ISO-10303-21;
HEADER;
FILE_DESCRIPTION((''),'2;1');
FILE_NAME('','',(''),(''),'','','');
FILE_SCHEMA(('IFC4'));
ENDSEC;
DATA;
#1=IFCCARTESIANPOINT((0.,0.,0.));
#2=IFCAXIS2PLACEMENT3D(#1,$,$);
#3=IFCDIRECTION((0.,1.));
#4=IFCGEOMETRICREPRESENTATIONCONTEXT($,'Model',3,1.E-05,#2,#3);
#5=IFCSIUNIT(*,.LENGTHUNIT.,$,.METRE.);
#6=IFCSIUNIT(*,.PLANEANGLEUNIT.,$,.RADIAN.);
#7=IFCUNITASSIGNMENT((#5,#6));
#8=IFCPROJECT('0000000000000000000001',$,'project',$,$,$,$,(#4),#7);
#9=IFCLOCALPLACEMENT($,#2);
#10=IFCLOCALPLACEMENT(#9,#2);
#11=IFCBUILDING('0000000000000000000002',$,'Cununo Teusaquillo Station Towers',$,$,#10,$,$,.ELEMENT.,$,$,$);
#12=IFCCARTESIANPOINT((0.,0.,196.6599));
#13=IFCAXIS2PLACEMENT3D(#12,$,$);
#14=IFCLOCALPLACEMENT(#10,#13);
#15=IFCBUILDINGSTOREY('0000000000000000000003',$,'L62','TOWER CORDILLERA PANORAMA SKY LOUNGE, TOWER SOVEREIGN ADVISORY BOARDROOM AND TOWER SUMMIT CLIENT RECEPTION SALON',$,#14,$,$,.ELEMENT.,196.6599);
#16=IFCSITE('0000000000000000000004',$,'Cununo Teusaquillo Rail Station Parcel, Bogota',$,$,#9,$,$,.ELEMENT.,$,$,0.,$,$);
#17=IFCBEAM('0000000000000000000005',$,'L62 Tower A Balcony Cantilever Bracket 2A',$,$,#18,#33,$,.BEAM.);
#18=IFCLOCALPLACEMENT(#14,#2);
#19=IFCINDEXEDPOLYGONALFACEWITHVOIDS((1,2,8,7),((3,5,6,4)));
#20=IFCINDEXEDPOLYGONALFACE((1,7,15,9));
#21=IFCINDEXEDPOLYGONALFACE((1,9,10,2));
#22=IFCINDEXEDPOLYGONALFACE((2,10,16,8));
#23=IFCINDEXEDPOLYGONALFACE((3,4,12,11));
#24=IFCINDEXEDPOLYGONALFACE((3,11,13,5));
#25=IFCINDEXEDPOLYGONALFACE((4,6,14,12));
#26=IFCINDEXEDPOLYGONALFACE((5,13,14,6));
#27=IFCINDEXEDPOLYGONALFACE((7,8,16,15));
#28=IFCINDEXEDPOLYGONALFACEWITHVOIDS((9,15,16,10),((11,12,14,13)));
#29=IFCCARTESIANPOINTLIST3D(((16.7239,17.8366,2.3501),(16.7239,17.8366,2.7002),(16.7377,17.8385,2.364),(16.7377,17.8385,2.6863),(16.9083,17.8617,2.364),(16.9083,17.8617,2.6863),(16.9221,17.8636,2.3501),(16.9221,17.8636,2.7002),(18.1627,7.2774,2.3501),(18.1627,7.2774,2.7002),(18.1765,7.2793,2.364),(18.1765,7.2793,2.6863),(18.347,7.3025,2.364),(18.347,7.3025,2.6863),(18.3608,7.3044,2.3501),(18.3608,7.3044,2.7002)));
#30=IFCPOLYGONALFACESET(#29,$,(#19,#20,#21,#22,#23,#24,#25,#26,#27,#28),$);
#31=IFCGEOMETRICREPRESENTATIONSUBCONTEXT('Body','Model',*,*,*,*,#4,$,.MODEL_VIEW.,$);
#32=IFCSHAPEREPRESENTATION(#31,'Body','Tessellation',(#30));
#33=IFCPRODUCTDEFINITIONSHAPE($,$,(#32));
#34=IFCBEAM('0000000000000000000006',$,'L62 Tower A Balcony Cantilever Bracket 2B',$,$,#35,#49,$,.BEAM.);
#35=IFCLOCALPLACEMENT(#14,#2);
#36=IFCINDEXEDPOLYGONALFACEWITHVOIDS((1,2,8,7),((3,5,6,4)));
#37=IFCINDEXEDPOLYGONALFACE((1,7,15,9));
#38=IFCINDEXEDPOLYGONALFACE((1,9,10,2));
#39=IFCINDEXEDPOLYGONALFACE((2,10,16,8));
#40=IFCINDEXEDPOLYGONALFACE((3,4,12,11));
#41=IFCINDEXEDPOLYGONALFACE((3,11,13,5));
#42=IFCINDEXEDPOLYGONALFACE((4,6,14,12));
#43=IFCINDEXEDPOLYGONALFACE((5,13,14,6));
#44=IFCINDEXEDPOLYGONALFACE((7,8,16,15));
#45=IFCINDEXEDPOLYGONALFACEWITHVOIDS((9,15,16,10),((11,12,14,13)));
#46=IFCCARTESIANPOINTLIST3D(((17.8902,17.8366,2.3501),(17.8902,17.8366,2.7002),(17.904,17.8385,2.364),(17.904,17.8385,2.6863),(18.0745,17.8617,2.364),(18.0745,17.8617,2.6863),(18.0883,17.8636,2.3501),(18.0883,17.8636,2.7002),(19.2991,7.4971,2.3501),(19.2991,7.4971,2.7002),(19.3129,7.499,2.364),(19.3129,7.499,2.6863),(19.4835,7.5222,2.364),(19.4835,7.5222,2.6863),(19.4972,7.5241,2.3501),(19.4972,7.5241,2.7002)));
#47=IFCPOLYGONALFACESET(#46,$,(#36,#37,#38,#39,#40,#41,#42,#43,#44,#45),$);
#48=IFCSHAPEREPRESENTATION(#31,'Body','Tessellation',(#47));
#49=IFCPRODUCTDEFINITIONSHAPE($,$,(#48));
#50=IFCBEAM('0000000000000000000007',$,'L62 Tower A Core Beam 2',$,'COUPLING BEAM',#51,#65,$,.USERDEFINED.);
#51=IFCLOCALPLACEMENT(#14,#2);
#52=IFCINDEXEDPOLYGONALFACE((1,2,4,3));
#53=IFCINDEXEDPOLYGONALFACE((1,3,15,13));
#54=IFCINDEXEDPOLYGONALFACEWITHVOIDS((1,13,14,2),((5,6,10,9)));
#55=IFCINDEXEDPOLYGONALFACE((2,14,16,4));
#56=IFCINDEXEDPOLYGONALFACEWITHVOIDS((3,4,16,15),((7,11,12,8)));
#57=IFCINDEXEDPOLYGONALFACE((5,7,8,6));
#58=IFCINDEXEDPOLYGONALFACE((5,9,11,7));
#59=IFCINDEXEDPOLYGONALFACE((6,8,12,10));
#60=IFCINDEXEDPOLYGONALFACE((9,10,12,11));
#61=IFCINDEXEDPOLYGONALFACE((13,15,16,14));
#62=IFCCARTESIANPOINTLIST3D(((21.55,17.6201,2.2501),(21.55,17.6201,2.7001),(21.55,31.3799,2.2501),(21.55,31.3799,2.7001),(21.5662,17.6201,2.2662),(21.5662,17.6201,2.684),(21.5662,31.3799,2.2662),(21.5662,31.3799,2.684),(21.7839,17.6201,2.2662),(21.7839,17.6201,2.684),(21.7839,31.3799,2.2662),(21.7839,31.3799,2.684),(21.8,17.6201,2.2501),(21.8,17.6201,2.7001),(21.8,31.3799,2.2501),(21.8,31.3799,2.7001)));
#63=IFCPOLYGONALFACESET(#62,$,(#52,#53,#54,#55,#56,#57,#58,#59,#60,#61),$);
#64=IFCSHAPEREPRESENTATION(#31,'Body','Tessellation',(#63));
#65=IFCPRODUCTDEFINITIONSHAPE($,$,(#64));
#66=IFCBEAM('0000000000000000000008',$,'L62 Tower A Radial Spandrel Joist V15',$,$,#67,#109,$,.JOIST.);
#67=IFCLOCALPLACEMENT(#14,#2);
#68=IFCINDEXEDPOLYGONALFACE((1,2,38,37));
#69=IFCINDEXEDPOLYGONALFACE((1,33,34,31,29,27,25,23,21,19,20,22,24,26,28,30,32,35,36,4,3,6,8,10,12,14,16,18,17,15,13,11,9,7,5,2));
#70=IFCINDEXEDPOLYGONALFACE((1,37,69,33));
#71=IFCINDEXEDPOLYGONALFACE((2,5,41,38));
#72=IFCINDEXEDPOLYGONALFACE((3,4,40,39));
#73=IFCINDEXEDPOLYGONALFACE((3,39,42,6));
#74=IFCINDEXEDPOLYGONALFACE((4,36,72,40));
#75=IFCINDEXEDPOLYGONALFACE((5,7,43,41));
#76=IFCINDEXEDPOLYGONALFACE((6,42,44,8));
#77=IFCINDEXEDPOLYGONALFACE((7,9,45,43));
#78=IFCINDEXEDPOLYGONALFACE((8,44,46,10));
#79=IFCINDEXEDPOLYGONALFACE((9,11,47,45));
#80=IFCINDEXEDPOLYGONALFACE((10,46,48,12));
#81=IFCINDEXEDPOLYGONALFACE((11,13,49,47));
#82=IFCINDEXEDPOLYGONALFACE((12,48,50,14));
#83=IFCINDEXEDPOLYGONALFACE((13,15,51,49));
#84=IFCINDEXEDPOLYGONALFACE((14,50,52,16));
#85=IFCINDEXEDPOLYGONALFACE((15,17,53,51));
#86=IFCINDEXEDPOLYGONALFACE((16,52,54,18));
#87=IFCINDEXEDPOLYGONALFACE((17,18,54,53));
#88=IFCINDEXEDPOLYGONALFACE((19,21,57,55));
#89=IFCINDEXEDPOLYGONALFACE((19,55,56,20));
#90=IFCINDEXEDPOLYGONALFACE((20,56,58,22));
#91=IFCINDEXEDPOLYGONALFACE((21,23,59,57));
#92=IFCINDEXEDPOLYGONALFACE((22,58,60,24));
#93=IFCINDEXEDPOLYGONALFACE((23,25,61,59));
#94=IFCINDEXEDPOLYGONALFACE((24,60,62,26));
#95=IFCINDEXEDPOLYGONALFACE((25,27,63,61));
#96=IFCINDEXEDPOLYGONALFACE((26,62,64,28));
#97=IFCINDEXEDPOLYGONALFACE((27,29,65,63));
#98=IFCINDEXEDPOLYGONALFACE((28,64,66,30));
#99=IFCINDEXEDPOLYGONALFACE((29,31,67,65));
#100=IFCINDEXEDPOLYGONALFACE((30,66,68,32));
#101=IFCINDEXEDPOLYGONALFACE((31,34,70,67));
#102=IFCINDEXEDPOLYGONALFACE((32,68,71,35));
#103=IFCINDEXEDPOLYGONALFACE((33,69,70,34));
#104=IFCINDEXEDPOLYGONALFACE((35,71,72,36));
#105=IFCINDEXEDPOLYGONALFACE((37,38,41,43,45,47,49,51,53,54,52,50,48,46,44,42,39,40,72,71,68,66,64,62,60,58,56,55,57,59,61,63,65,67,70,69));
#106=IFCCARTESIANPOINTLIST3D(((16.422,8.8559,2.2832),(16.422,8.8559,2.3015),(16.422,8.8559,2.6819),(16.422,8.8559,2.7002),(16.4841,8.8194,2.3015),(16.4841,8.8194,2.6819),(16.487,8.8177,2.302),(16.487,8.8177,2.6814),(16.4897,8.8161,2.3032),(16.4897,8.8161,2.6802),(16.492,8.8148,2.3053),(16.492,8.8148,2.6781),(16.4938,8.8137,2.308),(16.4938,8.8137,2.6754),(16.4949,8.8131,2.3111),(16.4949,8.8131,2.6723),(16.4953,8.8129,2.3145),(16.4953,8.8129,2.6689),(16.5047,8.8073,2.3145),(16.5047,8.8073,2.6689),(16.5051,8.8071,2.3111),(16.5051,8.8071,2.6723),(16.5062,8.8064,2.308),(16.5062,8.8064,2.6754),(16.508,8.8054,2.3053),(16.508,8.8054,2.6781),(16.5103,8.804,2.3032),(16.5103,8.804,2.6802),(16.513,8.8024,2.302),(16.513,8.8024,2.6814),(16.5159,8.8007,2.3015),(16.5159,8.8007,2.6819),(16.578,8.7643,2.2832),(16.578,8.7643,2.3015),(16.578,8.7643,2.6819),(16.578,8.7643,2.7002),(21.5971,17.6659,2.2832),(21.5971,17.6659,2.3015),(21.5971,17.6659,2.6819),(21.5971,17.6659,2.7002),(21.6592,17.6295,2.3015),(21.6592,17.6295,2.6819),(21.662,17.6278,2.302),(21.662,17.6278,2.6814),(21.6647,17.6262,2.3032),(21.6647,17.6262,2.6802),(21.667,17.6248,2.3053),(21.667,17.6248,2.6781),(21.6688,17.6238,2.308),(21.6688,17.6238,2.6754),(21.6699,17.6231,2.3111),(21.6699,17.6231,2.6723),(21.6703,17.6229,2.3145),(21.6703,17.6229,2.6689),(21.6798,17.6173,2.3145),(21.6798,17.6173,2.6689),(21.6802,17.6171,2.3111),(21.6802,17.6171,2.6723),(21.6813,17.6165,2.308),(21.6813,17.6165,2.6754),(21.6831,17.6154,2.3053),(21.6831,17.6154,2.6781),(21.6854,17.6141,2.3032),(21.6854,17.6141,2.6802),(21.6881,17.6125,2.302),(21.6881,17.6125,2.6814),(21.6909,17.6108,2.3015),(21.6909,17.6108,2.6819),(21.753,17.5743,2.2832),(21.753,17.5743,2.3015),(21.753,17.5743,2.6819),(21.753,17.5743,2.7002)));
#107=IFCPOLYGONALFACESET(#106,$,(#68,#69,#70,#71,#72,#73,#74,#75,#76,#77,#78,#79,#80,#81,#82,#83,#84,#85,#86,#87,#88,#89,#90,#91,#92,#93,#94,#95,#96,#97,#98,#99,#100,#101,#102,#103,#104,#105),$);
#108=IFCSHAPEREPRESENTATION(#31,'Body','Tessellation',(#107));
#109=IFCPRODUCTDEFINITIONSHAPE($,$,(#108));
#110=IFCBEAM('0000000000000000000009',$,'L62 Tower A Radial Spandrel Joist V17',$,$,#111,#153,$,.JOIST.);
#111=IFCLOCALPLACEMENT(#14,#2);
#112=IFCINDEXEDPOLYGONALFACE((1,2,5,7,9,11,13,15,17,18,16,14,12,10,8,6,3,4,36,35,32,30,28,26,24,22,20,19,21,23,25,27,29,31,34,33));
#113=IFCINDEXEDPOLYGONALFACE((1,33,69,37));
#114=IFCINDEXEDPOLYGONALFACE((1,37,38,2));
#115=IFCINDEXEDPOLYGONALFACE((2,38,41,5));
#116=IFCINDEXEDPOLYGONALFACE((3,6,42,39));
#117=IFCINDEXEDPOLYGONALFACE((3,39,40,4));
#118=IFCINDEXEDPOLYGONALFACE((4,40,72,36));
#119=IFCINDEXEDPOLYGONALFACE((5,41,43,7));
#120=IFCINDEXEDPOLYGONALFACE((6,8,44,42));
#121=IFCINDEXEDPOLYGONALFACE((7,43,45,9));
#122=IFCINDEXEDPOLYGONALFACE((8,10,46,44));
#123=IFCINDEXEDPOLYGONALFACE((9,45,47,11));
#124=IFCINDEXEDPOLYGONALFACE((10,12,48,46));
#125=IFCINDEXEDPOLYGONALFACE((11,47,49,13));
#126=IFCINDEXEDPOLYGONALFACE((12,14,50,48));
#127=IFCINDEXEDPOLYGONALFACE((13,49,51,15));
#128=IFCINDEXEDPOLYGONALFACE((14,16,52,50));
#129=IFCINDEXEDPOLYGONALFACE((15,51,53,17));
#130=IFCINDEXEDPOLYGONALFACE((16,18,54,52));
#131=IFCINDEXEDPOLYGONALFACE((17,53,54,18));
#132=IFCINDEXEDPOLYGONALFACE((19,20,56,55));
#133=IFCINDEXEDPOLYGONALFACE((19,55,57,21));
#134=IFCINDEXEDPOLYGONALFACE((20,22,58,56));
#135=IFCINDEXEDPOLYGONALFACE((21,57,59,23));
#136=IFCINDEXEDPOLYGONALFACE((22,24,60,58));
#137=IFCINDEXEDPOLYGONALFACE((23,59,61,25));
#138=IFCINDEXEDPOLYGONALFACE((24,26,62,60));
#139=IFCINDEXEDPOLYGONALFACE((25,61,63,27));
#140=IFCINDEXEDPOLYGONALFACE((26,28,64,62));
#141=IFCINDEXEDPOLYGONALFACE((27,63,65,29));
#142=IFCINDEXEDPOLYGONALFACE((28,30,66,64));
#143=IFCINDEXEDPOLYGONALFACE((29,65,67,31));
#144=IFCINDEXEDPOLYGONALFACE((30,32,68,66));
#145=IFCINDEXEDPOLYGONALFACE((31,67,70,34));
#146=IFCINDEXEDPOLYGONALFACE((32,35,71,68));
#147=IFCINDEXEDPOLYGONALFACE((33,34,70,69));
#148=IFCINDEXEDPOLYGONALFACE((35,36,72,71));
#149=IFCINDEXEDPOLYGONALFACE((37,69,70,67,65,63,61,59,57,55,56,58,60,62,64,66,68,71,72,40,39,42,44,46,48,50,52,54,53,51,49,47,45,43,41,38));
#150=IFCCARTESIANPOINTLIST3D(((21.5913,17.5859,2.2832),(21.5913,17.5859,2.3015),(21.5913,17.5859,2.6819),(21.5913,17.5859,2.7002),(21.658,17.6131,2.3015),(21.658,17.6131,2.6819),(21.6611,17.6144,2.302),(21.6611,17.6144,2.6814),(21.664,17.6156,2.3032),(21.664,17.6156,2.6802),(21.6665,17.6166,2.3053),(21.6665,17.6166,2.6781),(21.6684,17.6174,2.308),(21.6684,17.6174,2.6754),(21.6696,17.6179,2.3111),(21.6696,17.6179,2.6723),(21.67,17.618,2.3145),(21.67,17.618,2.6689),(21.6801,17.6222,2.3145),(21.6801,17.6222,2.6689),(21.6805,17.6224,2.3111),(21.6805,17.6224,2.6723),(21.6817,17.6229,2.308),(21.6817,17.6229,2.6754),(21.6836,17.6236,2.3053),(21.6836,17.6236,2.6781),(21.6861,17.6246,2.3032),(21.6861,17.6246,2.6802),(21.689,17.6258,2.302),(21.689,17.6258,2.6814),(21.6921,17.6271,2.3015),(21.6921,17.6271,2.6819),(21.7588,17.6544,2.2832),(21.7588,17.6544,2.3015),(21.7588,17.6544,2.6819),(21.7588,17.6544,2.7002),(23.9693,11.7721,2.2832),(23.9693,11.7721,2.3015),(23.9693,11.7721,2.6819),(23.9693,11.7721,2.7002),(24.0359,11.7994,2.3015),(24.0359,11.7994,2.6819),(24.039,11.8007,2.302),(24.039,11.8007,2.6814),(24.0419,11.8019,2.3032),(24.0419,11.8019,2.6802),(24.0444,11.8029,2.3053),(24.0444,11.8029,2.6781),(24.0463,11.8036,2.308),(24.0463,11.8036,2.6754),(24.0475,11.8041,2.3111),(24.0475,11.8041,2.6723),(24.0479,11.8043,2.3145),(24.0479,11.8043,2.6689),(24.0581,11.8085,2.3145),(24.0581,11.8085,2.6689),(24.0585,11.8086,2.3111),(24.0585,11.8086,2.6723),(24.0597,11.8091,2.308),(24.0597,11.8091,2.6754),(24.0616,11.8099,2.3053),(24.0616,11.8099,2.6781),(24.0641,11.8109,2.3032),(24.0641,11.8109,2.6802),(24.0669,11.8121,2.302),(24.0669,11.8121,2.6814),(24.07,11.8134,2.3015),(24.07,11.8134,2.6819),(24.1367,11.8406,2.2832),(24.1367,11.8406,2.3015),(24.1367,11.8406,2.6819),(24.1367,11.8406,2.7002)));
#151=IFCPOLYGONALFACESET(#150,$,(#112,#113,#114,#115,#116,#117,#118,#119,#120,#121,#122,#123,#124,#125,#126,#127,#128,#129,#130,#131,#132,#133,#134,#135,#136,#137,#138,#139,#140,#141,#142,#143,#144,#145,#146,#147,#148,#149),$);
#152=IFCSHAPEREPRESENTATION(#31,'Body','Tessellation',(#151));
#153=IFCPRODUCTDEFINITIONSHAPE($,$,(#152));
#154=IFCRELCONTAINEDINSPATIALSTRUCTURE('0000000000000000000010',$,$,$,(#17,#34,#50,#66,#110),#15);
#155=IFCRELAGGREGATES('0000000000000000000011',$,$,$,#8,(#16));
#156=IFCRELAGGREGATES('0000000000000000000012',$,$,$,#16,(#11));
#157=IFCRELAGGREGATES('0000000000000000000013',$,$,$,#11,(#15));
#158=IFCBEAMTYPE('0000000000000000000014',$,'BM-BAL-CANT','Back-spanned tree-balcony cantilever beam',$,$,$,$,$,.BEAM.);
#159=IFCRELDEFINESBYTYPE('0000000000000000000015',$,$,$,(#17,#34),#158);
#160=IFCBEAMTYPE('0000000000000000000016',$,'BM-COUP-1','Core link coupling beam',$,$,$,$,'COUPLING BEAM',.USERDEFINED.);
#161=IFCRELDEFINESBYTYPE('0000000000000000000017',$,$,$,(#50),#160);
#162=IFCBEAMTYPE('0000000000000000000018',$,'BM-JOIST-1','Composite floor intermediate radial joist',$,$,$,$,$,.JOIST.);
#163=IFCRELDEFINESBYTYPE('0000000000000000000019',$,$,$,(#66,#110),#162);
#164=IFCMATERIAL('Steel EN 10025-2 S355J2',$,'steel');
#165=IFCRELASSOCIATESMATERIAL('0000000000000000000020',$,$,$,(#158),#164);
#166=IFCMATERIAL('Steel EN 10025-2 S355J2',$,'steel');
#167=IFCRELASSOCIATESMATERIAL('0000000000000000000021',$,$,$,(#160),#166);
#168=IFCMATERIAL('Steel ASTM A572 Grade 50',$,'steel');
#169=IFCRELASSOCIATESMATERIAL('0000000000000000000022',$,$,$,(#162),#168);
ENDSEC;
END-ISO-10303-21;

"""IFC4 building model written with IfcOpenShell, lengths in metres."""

from ifc_helpers import new_model, si_unit, direction, frame, origin, origin_2d, place, context, subcontext, project, spatial, hollow_rectangle, i_section, extrude, material, material_profile, profile_set, type_object, element, save


model = new_model("IFC4")

# Units and contexts
model_context = context("Model", 3, precision=1e-05, world=origin(), true_north=direction((0.0, 1.0)))
body_context = subcontext(model_context, "Body", "Model", "MODEL_VIEW")
ifc_project = project(units=[si_unit("LENGTHUNIT", "METRE"), si_unit("PLANEANGLEUNIT", "RADIAN")], contexts=[model_context])

# Site, building, storey
site_placement = place(None, origin())
site = spatial("IfcSite", under=ifc_project, at=site_placement, Name="Cununo Teusaquillo Rail Station Parcel, Bogota", CompositionType="ELEMENT", RefElevation=0.0)
building_placement = place(site_placement, origin())
building = spatial("IfcBuilding", under=site, at=building_placement, Name="Cununo Teusaquillo Station Towers", CompositionType="ELEMENT")
storey_placement = place(building_placement, frame((0.0, 0.0, 196.6599)))
storey = spatial("IfcBuildingStorey", under=building, at=storey_placement, Name="L62", Description="TOWER CORDILLERA PANORAMA SKY LOUNGE, TOWER SOVEREIGN ADVISORY BOARDROOM AND TOWER SUMMIT CLIENT RECEPTION SALON", CompositionType="ELEMENT", Elevation=196.6599)

# Beams
ifc_material_1 = material(Name="Steel EN 10025-2 S355J2", Category="steel")
ifc_material_profile_1 = material_profile(ifc_material_1, hollow_rectangle(XDim=0.2, YDim=0.3501, WallThickness=0.0139, at=origin_2d()), Name="RHS 350x200x14")
ifc_profile_set_1 = profile_set([ifc_material_profile_1], Name="Steel EN 10025-2 S355J2")
beam_type_1 = type_object("IfcBeamType", Name="BM-BAL-CANT", Description="Back-spanned tree-balcony cantilever beam", PredefinedType="BEAM", material=ifc_profile_set_1)
beam_1_placement = place(storey_placement, frame((16.823, 17.8501, 2.5251), z_axis=(0.135007, -0.990845, 0.0), x_axis=(0.990845, 0.135007, 0.0)))
element("IfcBeam", 1, at=beam_1_placement, inside=storey, type_object=beam_type_1, Name="L62 Tower A Balcony Cantilever Bracket 2A", PredefinedType="BEAM", context=body_context, shape_type="SweptSolid", body=[
    extrude(hollow_rectangle(XDim=0.2, YDim=0.3501, WallThickness=0.0139, at=origin_2d()), origin(), (0.0, 0.0, 1.0), 10.6567),
])
beam_2_placement = place(storey_placement, frame((17.9893, 17.8501, 2.5251), z_axis=(0.135018, -0.990843, 0.0), x_axis=(0.990843, 0.135018, 0.0)))
element("IfcBeam", 2, at=beam_2_placement, inside=storey, type_object=beam_type_1, Name="L62 Tower A Balcony Cantilever Bracket 2B", PredefinedType="BEAM", context=body_context, shape_type="SweptSolid", body=[
    extrude(hollow_rectangle(XDim=0.2, YDim=0.3501, WallThickness=0.0139, at=origin_2d()), origin(), (0.0, 0.0, 1.0), 10.4351),
])
ifc_material_2 = material(Name="Steel EN 10025-2 S355J2", Category="steel")
ifc_material_profile_2 = material_profile(ifc_material_2, hollow_rectangle(XDim=0.25, YDim=0.45, WallThickness=0.0161, at=origin_2d()), Name="RHS 450x250x16")
ifc_profile_set_2 = profile_set([ifc_material_profile_2], Name="Steel EN 10025-2 S355J2")
beam_type_2 = type_object("IfcBeamType", Name="BM-COUP-1", Description="Core link coupling beam", ElementType="COUPLING BEAM", PredefinedType="USERDEFINED", material=ifc_profile_set_2)
beam_3_placement = place(storey_placement, frame((21.675, 17.6201, 2.4751), z_axis=(0.0, 1.0, 0.0), x_axis=(-1.0, 0.0, 0.0)))
element("IfcBeam", 3, at=beam_3_placement, inside=storey, type_object=beam_type_2, Name="L62 Tower A Core Beam 2", ObjectType="COUPLING BEAM", PredefinedType="USERDEFINED", context=body_context, shape_type="SweptSolid", body=[
    extrude(hollow_rectangle(XDim=0.25, YDim=0.45, WallThickness=0.0161, at=origin_2d()), origin(), (0.0, 0.0, 1.0), 13.7598),
])
ifc_material_3 = material(Name="Steel ASTM A572 Grade 50", Category="steel")
ifc_material_profile_3 = material_profile(ifc_material_3, i_section(OverallWidth=0.1809, OverallDepth=0.417, WebThickness=0.011, FlangeThickness=0.0183, FilletRadius=0.0129, at=origin_2d()), Name="W16X57")
ifc_profile_set_3 = profile_set([ifc_material_profile_3], Name="Steel ASTM A572 Grade 50")
beam_type_3 = type_object("IfcBeamType", Name="BM-JOIST-1", Description="Composite floor intermediate radial joist", PredefinedType="JOIST", material=ifc_profile_set_3)
beam_4_placement = place(storey_placement, frame((21.675, 17.6201, 2.4917), z_axis=(-0.506486, -0.862248, 0.0), x_axis=(0.862248, -0.506486, 0.0)))
element("IfcBeam", 4, at=beam_4_placement, inside=storey, type_object=beam_type_3, Name="L62 Tower A Radial Spandrel Joist V15", PredefinedType="JOIST", context=body_context, shape_type="SweptSolid", body=[
    extrude(i_section(OverallWidth=0.1809, OverallDepth=0.417, WebThickness=0.011, FlangeThickness=0.0183, FilletRadius=0.0129, at=origin_2d()), origin(), (0.0, 0.0, 1.0), 10.2175),
])
beam_5_placement = place(storey_placement, frame((21.675, 17.6201, 2.4917), z_axis=(0.378577, -0.92557, 0.0), x_axis=(0.92557, 0.378577, 0.0)))
element("IfcBeam", 5, at=beam_5_placement, inside=storey, type_object=beam_type_3, Name="L62 Tower A Radial Spandrel Joist V17", PredefinedType="JOIST", context=body_context, shape_type="SweptSolid", body=[
    extrude(i_section(OverallWidth=0.1809, OverallDepth=0.417, WebThickness=0.011, FlangeThickness=0.0183, FilletRadius=0.0129, at=origin_2d()), origin(), (0.0, 0.0, 1.0), 6.2812),
])

save(model, "model.ifc")
